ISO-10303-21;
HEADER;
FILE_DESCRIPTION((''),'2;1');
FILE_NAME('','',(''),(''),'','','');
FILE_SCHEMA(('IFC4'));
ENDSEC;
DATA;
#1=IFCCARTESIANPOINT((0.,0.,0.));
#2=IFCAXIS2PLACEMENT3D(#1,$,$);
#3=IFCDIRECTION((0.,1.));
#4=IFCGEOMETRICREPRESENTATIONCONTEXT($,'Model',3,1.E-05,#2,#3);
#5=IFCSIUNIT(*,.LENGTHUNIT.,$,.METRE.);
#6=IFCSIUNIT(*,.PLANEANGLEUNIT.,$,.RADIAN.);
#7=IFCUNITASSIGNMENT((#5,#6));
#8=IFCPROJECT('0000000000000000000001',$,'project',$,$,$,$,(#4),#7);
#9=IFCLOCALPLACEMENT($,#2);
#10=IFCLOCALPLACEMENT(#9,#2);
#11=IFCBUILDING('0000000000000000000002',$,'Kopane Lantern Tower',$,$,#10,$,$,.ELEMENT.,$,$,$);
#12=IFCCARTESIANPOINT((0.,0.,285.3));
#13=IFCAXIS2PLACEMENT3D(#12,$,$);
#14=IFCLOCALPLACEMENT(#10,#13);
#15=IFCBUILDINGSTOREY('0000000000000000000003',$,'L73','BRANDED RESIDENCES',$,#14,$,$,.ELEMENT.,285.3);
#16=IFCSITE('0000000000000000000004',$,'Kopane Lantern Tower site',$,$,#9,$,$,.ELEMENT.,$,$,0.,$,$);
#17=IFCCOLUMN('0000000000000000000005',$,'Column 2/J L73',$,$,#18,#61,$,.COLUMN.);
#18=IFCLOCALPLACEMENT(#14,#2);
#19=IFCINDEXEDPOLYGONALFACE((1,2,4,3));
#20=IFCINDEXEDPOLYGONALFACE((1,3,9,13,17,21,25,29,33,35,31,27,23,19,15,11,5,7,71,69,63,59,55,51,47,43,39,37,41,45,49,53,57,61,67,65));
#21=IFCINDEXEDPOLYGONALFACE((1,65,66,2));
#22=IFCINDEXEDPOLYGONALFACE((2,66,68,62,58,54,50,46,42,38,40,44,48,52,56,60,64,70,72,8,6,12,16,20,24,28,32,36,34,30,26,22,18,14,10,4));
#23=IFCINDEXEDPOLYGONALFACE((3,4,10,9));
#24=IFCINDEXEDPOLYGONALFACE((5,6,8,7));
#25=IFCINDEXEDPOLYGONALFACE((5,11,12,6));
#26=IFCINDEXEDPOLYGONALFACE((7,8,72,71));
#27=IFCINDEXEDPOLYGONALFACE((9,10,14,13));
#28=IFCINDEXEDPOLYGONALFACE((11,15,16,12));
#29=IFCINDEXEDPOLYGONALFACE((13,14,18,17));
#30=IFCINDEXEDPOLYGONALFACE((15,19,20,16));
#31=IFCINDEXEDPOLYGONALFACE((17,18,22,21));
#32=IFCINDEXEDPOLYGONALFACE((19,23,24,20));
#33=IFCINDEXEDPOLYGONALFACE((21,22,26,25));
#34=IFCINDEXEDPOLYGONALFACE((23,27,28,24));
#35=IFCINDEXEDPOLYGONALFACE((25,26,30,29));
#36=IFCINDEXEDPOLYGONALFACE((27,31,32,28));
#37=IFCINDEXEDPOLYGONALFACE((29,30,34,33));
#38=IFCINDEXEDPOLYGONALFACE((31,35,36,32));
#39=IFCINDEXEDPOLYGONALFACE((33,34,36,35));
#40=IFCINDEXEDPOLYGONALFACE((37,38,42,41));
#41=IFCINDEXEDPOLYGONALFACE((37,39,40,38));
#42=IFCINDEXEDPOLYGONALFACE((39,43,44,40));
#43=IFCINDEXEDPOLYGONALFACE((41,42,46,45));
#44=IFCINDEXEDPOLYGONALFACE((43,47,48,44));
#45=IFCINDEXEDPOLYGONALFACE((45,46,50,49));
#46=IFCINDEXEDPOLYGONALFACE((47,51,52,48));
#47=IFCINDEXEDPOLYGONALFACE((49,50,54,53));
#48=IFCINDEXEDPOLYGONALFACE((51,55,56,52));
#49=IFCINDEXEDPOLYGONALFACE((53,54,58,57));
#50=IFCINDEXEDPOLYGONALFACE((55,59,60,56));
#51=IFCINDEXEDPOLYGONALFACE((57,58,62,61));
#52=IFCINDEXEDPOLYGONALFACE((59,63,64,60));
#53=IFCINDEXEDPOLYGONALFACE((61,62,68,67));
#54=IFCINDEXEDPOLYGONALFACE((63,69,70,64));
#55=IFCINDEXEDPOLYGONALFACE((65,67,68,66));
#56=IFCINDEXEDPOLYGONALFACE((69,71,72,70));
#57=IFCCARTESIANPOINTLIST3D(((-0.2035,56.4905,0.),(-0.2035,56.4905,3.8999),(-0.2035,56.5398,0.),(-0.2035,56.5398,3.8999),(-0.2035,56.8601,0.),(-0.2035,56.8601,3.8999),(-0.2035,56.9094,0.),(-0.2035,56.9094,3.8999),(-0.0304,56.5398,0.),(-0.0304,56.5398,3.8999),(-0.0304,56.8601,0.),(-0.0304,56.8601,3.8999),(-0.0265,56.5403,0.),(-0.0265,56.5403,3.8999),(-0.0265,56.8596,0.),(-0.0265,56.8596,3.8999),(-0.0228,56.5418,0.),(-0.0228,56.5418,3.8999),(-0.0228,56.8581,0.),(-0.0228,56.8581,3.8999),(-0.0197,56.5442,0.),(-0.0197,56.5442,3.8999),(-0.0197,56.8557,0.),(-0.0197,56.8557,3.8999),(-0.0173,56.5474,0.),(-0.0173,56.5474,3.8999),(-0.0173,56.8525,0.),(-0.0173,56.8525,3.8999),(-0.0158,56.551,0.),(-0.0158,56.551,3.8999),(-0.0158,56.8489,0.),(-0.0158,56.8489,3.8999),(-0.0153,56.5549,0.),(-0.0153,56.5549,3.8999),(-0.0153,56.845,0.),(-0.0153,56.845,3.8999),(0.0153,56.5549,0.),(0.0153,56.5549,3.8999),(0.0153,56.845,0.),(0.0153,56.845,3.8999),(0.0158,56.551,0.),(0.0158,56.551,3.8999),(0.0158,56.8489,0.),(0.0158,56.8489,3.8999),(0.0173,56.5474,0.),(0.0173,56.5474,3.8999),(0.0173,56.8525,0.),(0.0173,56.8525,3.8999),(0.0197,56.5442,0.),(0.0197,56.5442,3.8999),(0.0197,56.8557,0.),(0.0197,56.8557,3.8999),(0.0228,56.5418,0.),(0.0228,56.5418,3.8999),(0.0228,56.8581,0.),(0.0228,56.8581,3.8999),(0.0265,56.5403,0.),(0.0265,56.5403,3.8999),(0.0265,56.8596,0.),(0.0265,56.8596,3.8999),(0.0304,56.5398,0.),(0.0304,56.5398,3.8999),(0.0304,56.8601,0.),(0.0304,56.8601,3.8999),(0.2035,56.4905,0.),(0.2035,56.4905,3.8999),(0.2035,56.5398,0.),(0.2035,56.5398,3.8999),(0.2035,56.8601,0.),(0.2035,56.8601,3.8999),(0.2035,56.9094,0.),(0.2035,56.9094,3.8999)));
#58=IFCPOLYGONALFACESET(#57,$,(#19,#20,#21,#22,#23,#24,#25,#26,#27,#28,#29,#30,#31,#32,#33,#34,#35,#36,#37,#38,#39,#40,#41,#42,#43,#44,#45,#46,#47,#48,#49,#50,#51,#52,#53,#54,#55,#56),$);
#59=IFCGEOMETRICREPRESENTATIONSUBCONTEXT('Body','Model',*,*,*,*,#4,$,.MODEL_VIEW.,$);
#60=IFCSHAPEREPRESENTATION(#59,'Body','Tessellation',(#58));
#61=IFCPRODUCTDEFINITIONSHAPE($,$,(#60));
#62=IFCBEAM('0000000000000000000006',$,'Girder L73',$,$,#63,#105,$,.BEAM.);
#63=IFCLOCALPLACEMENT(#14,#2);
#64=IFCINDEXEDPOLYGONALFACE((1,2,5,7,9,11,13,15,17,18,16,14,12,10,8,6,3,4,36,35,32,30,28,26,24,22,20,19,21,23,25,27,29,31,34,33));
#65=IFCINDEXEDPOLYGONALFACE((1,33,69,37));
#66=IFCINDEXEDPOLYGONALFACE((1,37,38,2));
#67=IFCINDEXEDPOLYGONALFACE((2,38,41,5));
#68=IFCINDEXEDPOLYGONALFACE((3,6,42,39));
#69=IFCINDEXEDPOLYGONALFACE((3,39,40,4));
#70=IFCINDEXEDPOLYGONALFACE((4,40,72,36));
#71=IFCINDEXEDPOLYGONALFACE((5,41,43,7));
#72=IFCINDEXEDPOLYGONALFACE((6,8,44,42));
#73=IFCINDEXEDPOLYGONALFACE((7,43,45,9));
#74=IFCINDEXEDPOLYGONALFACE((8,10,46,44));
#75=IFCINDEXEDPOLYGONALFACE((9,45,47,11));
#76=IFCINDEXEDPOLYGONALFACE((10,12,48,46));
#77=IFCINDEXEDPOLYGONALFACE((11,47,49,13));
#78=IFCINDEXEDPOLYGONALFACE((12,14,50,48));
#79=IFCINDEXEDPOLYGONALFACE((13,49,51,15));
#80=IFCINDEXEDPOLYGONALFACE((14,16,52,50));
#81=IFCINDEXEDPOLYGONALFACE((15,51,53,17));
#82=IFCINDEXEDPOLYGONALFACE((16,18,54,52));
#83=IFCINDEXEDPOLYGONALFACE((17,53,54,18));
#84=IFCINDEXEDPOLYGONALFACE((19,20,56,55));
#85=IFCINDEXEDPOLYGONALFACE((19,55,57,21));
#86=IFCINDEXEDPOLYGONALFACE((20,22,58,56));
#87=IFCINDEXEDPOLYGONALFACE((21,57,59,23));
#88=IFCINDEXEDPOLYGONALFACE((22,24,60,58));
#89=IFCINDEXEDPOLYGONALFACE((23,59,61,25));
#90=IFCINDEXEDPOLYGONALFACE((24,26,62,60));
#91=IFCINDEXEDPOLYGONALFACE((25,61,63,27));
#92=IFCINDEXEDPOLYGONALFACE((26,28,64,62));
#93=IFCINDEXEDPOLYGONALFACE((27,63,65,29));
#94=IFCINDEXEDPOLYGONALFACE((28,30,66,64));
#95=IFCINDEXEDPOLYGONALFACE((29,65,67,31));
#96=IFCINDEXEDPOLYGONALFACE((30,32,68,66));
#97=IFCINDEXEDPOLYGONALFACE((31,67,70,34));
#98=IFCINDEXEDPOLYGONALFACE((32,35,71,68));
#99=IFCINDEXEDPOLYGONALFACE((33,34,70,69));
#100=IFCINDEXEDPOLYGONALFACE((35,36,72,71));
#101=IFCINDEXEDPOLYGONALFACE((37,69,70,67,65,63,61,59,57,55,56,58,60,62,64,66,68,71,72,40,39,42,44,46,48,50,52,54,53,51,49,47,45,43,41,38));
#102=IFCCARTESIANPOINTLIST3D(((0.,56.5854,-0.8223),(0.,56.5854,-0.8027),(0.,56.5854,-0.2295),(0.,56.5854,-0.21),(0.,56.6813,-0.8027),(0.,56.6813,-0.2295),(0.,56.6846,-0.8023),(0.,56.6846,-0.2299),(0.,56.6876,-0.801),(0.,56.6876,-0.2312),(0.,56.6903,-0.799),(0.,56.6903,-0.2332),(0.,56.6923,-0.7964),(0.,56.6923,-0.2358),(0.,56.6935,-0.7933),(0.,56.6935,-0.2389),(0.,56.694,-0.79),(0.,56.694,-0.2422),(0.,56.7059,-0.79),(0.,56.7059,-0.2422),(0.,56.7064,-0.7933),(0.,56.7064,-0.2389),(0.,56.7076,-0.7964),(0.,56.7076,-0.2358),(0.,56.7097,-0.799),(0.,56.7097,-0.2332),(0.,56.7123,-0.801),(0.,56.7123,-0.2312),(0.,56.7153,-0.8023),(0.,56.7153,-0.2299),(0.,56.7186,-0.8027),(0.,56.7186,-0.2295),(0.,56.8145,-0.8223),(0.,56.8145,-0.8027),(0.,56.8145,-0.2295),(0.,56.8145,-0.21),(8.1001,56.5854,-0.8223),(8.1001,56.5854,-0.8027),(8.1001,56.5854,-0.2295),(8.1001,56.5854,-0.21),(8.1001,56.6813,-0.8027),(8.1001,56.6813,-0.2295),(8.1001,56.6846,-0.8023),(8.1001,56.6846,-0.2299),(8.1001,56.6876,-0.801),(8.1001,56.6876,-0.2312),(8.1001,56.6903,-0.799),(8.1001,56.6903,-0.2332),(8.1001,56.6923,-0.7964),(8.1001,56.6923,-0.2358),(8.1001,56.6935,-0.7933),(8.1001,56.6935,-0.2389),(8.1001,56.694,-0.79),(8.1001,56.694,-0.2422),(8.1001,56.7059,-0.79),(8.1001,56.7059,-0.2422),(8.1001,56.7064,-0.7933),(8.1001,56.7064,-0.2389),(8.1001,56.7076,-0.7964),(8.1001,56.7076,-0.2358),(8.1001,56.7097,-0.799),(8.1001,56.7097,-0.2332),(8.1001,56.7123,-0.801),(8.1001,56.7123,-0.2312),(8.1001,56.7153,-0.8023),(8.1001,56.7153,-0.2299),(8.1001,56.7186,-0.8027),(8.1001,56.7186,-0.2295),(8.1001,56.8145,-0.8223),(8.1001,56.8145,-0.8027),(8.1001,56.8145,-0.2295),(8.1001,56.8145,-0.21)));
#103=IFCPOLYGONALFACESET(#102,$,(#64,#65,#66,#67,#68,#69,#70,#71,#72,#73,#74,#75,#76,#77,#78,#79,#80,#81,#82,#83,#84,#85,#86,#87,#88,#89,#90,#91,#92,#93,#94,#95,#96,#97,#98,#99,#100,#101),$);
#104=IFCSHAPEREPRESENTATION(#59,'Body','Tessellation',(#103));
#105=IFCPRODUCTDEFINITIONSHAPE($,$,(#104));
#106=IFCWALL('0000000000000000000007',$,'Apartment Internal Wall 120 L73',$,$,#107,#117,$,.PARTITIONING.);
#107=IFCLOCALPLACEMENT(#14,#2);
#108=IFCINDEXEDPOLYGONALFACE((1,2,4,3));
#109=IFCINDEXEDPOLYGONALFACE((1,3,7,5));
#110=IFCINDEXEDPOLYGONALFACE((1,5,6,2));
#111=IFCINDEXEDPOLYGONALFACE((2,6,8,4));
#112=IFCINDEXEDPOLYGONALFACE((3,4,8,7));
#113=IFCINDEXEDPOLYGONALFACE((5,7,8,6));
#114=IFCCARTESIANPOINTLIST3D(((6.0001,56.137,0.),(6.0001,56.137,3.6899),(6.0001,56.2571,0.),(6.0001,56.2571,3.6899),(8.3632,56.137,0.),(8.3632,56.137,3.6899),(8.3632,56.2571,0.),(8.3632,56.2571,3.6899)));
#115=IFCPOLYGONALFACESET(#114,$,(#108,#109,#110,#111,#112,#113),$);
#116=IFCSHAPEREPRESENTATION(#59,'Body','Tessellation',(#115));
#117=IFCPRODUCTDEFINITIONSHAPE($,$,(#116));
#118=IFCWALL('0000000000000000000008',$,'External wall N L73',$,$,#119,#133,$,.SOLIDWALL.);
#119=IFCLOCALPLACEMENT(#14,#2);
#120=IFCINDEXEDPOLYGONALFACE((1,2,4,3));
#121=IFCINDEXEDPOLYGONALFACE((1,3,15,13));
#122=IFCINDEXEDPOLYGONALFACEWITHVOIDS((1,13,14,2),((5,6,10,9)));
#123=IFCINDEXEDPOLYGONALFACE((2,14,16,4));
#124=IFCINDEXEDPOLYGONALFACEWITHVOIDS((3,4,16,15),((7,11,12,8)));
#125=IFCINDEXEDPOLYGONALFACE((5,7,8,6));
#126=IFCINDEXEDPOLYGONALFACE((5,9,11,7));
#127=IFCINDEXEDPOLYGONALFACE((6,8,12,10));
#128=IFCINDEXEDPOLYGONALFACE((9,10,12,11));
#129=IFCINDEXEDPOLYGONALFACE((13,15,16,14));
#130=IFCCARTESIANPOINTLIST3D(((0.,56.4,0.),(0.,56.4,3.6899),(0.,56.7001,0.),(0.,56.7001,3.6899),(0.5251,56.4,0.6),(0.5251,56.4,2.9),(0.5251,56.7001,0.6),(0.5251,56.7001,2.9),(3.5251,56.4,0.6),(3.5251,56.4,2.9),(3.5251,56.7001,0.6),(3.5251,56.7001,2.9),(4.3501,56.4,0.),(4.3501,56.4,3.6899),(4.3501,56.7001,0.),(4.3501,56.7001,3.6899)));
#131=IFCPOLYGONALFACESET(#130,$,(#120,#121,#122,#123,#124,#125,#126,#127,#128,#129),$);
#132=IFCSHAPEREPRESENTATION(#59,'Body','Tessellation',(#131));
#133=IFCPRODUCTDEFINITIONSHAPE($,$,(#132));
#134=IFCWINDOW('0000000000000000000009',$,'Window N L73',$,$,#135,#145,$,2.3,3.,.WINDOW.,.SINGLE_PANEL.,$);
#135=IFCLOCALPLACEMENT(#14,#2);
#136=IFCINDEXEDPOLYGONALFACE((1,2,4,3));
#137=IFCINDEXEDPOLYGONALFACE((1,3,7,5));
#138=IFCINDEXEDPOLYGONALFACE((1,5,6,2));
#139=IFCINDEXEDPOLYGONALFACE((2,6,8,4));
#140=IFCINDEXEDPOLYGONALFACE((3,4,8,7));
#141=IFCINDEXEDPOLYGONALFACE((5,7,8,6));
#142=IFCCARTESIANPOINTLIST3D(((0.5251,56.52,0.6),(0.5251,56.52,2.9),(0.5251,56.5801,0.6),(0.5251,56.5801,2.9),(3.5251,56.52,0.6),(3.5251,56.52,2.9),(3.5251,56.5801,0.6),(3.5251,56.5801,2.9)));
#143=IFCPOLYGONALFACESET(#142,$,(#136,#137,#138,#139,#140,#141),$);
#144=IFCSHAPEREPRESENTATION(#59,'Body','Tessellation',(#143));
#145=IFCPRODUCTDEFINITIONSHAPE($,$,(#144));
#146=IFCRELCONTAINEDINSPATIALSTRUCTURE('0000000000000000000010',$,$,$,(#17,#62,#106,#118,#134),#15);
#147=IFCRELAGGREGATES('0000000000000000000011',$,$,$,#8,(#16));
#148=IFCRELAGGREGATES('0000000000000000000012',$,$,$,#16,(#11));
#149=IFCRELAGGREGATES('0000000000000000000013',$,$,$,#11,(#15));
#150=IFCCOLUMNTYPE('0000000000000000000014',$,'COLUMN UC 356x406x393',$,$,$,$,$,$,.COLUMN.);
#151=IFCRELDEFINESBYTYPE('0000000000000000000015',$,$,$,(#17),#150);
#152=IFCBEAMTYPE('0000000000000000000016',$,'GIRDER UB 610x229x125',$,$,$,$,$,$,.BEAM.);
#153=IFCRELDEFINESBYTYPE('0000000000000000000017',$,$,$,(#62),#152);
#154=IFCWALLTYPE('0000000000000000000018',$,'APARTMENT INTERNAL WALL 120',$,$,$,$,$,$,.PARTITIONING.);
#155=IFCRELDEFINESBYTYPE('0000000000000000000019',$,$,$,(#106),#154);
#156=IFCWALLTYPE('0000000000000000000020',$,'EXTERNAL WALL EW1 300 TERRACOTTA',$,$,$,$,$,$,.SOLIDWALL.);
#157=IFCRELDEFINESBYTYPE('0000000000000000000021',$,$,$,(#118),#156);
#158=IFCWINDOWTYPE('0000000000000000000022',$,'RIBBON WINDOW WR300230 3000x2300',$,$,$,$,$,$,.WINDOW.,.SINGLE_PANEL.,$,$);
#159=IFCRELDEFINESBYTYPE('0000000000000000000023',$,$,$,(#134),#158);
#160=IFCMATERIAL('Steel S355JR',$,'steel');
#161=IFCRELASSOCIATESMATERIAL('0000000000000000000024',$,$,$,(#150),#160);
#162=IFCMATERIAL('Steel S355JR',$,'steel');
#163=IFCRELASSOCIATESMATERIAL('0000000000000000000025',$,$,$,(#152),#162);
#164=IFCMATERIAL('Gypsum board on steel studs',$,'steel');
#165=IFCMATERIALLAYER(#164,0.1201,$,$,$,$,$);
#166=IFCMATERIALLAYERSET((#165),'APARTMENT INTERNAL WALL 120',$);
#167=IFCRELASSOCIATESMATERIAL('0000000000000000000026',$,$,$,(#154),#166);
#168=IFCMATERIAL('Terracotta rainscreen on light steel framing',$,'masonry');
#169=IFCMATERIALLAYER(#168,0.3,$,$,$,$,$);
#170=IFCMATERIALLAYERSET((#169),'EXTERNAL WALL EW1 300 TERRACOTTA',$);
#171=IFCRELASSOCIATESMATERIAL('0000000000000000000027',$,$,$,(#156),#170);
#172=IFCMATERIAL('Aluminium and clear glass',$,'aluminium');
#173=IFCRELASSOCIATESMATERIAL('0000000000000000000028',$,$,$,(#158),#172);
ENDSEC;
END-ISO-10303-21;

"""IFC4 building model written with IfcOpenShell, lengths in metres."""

from ifc_helpers import new_model, si_unit, direction, frame, frame_2d, origin, origin_2d, place, context, subcontext, project, spatial, rectangle, i_section, extrude, material, layer, layer_set, material_profile, profile_set, type_object, element, fill, save


model = new_model("IFC4")

# Units and contexts
model_context = context("Model", 3, precision=1e-05, world=origin(), true_north=direction((0.0, 1.0)))
body_context = subcontext(model_context, "Body", "Model", "MODEL_VIEW")
ifc_project = project(units=[si_unit("LENGTHUNIT", "METRE"), si_unit("PLANEANGLEUNIT", "RADIAN")], contexts=[model_context])

# Site, building, storey
site_placement = place(None, origin())
site = spatial("IfcSite", under=ifc_project, at=site_placement, Name="Kopane Lantern Tower site", CompositionType="ELEMENT", RefElevation=0.0)
building_placement = place(site_placement, origin())
building = spatial("IfcBuilding", under=site, at=building_placement, Name="Kopane Lantern Tower", CompositionType="ELEMENT")
storey_placement = place(building_placement, frame((0.0, 0.0, 285.3)))
storey = spatial("IfcBuildingStorey", under=building, at=storey_placement, Name="L73", Description="BRANDED RESIDENCES", CompositionType="ELEMENT", Elevation=285.3)

# Column
ifc_material_1 = material(Name="Steel S355JR", Category="steel")
ifc_material_profile_1 = material_profile(ifc_material_1, i_section(OverallWidth=0.407, OverallDepth=0.4189, WebThickness=0.0305, FlangeThickness=0.0493, FilletRadius=0.0151, at=origin_2d()), Name="UC 356x406x393")
ifc_profile_set_1 = profile_set([ifc_material_profile_1], Name="Steel S355JR")
column_type = type_object("IfcColumnType", Name="COLUMN UC 356x406x393", PredefinedType="COLUMN", material=ifc_profile_set_1)
column_placement = place(storey_placement, frame((0.0, 56.7, 0.0), z_axis=(0.0, 0.0, 1.0), x_axis=(1.0, 0.0, 0.0)))
element("IfcColumn", 1, at=column_placement, inside=storey, type_object=column_type, Name="Column 2/J L73", PredefinedType="COLUMN", context=body_context, shape_type="SweptSolid", body=[
    extrude(i_section(OverallWidth=0.407, OverallDepth=0.4189, WebThickness=0.0305, FlangeThickness=0.0493, FilletRadius=0.0151, at=origin_2d()), origin(), (0.0, 0.0, 1.0), 3.8999),
])

# Beam
ifc_material_2 = material(Name="Steel S355JR", Category="steel")
ifc_material_profile_2 = material_profile(ifc_material_2, i_section(OverallWidth=0.229, OverallDepth=0.6123, WebThickness=0.012, FlangeThickness=0.0195, FilletRadius=0.0127, at=origin_2d()), Name="UB 610x229x125")
ifc_profile_set_2 = profile_set([ifc_material_profile_2], Name="Steel S355JR")
beam_type = type_object("IfcBeamType", Name="GIRDER UB 610x229x125", PredefinedType="BEAM", material=ifc_profile_set_2)
beam_placement = place(storey_placement, frame((0.0, 56.7, -0.5161), z_axis=(1.0, 0.0, 0.0), x_axis=(0.0, 1.0, 0.0)))
element("IfcBeam", 2, at=beam_placement, inside=storey, type_object=beam_type, Name="Girder L73", PredefinedType="BEAM", context=body_context, shape_type="SweptSolid", body=[
    extrude(i_section(OverallWidth=0.229, OverallDepth=0.6123, WebThickness=0.012, FlangeThickness=0.0195, FilletRadius=0.0127, at=origin_2d()), origin(), (0.0, 0.0, 1.0), 8.1001),
])

# Wall
ifc_material_3 = material(Name="Gypsum board on steel studs", Category="steel")
ifc_layer_1 = layer(ifc_material_3, 0.1201)
ifc_layer_set_1 = layer_set([ifc_layer_1], Name="APARTMENT INTERNAL WALL 120")
wall_type_1 = type_object("IfcWallType", Name="APARTMENT INTERNAL WALL 120", PredefinedType="PARTITIONING", material=ifc_layer_set_1)
wall_1_placement = place(storey_placement, frame((6.0, 56.197, 0.0), z_axis=(0.0, 0.0, 1.0), x_axis=(1.0, 0.0, 0.0)))
element("IfcWall", 3, at=wall_1_placement, inside=storey, type_object=wall_type_1, Name="Apartment Internal Wall 120 L73", PredefinedType="PARTITIONING", context=body_context, shape_type="SweptSolid", body=[
    extrude(rectangle(XDim=2.363, YDim=0.1201, at=frame_2d((1.1816, 0.0))), origin(), (0.0, 0.0, 1.0), 3.6899),
])

# Wall, opening, window
ifc_material_4 = material(Name="Terracotta rainscreen on light steel framing", Category="masonry")
ifc_layer_2 = layer(ifc_material_4, 0.3)
ifc_layer_set_2 = layer_set([ifc_layer_2], Name="EXTERNAL WALL EW1 300 TERRACOTTA")
wall_type_2 = type_object("IfcWallType", Name="EXTERNAL WALL EW1 300 TERRACOTTA", PredefinedType="SOLIDWALL", material=ifc_layer_set_2)
wall_2_placement = place(storey_placement, frame((4.3501, 56.55, 0.0), z_axis=(0.0, 0.0, 1.0), x_axis=(-1.0, 0.0, 0.0)))
wall_2 = element("IfcWall", 4, at=wall_2_placement, inside=storey, type_object=wall_type_2, Name="External wall N L73", PredefinedType="SOLIDWALL", context=body_context, shape_type="SweptSolid", body=[
    extrude(rectangle(XDim=4.3501, YDim=0.3, at=frame_2d((2.175, 0.0))), origin(), (0.0, 0.0, 1.0), 3.6899),
])
opening_1_placement = place(wall_2_placement, frame((0.825, 0.0, 0.6001)))
opening_1 = element("IfcOpeningElement", 5, at=opening_1_placement, cuts=wall_2, PredefinedType="OPENING", context=body_context, shape_type="SweptSolid", body=[
    extrude(rectangle(XDim=3.0, YDim=2.3, at=frame_2d((1.5, 1.1499))), frame((0.0, 0.1599, 0.0), z_axis=(0.0, -1.0, 0.0), x_axis=(1.0, 0.0, 0.0)), (0.0, 0.0, 1.0), 0.3201),
])
ifc_material_5 = material(Name="Aluminium and clear glass", Category="aluminium")
window_type_1 = type_object("IfcWindowType", Name="RIBBON WINDOW WR300230 3000x2300", PartitioningType="SINGLE_PANEL", PredefinedType="WINDOW", material=ifc_material_5)
window_1_placement = place(opening_1_placement, origin())
window_1 = element("IfcWindow", 6, at=window_1_placement, inside=storey, type_object=window_type_1, Name="Window N L73", OverallHeight=2.3, OverallWidth=3.0, PartitioningType="SINGLE_PANEL", PredefinedType="WINDOW", context=body_context, shape_type="SweptSolid", body=[
    extrude(rectangle(XDim=3.0, YDim=2.3, at=frame_2d((1.5, 1.1499))), frame((0.0, 0.03, 0.0), z_axis=(0.0, -1.0, 0.0), x_axis=(1.0, 0.0, 0.0)), (0.0, 0.0, 1.0), 0.0601),
])
fill(opening_1, window_1)

save(model, "model.ifc")
